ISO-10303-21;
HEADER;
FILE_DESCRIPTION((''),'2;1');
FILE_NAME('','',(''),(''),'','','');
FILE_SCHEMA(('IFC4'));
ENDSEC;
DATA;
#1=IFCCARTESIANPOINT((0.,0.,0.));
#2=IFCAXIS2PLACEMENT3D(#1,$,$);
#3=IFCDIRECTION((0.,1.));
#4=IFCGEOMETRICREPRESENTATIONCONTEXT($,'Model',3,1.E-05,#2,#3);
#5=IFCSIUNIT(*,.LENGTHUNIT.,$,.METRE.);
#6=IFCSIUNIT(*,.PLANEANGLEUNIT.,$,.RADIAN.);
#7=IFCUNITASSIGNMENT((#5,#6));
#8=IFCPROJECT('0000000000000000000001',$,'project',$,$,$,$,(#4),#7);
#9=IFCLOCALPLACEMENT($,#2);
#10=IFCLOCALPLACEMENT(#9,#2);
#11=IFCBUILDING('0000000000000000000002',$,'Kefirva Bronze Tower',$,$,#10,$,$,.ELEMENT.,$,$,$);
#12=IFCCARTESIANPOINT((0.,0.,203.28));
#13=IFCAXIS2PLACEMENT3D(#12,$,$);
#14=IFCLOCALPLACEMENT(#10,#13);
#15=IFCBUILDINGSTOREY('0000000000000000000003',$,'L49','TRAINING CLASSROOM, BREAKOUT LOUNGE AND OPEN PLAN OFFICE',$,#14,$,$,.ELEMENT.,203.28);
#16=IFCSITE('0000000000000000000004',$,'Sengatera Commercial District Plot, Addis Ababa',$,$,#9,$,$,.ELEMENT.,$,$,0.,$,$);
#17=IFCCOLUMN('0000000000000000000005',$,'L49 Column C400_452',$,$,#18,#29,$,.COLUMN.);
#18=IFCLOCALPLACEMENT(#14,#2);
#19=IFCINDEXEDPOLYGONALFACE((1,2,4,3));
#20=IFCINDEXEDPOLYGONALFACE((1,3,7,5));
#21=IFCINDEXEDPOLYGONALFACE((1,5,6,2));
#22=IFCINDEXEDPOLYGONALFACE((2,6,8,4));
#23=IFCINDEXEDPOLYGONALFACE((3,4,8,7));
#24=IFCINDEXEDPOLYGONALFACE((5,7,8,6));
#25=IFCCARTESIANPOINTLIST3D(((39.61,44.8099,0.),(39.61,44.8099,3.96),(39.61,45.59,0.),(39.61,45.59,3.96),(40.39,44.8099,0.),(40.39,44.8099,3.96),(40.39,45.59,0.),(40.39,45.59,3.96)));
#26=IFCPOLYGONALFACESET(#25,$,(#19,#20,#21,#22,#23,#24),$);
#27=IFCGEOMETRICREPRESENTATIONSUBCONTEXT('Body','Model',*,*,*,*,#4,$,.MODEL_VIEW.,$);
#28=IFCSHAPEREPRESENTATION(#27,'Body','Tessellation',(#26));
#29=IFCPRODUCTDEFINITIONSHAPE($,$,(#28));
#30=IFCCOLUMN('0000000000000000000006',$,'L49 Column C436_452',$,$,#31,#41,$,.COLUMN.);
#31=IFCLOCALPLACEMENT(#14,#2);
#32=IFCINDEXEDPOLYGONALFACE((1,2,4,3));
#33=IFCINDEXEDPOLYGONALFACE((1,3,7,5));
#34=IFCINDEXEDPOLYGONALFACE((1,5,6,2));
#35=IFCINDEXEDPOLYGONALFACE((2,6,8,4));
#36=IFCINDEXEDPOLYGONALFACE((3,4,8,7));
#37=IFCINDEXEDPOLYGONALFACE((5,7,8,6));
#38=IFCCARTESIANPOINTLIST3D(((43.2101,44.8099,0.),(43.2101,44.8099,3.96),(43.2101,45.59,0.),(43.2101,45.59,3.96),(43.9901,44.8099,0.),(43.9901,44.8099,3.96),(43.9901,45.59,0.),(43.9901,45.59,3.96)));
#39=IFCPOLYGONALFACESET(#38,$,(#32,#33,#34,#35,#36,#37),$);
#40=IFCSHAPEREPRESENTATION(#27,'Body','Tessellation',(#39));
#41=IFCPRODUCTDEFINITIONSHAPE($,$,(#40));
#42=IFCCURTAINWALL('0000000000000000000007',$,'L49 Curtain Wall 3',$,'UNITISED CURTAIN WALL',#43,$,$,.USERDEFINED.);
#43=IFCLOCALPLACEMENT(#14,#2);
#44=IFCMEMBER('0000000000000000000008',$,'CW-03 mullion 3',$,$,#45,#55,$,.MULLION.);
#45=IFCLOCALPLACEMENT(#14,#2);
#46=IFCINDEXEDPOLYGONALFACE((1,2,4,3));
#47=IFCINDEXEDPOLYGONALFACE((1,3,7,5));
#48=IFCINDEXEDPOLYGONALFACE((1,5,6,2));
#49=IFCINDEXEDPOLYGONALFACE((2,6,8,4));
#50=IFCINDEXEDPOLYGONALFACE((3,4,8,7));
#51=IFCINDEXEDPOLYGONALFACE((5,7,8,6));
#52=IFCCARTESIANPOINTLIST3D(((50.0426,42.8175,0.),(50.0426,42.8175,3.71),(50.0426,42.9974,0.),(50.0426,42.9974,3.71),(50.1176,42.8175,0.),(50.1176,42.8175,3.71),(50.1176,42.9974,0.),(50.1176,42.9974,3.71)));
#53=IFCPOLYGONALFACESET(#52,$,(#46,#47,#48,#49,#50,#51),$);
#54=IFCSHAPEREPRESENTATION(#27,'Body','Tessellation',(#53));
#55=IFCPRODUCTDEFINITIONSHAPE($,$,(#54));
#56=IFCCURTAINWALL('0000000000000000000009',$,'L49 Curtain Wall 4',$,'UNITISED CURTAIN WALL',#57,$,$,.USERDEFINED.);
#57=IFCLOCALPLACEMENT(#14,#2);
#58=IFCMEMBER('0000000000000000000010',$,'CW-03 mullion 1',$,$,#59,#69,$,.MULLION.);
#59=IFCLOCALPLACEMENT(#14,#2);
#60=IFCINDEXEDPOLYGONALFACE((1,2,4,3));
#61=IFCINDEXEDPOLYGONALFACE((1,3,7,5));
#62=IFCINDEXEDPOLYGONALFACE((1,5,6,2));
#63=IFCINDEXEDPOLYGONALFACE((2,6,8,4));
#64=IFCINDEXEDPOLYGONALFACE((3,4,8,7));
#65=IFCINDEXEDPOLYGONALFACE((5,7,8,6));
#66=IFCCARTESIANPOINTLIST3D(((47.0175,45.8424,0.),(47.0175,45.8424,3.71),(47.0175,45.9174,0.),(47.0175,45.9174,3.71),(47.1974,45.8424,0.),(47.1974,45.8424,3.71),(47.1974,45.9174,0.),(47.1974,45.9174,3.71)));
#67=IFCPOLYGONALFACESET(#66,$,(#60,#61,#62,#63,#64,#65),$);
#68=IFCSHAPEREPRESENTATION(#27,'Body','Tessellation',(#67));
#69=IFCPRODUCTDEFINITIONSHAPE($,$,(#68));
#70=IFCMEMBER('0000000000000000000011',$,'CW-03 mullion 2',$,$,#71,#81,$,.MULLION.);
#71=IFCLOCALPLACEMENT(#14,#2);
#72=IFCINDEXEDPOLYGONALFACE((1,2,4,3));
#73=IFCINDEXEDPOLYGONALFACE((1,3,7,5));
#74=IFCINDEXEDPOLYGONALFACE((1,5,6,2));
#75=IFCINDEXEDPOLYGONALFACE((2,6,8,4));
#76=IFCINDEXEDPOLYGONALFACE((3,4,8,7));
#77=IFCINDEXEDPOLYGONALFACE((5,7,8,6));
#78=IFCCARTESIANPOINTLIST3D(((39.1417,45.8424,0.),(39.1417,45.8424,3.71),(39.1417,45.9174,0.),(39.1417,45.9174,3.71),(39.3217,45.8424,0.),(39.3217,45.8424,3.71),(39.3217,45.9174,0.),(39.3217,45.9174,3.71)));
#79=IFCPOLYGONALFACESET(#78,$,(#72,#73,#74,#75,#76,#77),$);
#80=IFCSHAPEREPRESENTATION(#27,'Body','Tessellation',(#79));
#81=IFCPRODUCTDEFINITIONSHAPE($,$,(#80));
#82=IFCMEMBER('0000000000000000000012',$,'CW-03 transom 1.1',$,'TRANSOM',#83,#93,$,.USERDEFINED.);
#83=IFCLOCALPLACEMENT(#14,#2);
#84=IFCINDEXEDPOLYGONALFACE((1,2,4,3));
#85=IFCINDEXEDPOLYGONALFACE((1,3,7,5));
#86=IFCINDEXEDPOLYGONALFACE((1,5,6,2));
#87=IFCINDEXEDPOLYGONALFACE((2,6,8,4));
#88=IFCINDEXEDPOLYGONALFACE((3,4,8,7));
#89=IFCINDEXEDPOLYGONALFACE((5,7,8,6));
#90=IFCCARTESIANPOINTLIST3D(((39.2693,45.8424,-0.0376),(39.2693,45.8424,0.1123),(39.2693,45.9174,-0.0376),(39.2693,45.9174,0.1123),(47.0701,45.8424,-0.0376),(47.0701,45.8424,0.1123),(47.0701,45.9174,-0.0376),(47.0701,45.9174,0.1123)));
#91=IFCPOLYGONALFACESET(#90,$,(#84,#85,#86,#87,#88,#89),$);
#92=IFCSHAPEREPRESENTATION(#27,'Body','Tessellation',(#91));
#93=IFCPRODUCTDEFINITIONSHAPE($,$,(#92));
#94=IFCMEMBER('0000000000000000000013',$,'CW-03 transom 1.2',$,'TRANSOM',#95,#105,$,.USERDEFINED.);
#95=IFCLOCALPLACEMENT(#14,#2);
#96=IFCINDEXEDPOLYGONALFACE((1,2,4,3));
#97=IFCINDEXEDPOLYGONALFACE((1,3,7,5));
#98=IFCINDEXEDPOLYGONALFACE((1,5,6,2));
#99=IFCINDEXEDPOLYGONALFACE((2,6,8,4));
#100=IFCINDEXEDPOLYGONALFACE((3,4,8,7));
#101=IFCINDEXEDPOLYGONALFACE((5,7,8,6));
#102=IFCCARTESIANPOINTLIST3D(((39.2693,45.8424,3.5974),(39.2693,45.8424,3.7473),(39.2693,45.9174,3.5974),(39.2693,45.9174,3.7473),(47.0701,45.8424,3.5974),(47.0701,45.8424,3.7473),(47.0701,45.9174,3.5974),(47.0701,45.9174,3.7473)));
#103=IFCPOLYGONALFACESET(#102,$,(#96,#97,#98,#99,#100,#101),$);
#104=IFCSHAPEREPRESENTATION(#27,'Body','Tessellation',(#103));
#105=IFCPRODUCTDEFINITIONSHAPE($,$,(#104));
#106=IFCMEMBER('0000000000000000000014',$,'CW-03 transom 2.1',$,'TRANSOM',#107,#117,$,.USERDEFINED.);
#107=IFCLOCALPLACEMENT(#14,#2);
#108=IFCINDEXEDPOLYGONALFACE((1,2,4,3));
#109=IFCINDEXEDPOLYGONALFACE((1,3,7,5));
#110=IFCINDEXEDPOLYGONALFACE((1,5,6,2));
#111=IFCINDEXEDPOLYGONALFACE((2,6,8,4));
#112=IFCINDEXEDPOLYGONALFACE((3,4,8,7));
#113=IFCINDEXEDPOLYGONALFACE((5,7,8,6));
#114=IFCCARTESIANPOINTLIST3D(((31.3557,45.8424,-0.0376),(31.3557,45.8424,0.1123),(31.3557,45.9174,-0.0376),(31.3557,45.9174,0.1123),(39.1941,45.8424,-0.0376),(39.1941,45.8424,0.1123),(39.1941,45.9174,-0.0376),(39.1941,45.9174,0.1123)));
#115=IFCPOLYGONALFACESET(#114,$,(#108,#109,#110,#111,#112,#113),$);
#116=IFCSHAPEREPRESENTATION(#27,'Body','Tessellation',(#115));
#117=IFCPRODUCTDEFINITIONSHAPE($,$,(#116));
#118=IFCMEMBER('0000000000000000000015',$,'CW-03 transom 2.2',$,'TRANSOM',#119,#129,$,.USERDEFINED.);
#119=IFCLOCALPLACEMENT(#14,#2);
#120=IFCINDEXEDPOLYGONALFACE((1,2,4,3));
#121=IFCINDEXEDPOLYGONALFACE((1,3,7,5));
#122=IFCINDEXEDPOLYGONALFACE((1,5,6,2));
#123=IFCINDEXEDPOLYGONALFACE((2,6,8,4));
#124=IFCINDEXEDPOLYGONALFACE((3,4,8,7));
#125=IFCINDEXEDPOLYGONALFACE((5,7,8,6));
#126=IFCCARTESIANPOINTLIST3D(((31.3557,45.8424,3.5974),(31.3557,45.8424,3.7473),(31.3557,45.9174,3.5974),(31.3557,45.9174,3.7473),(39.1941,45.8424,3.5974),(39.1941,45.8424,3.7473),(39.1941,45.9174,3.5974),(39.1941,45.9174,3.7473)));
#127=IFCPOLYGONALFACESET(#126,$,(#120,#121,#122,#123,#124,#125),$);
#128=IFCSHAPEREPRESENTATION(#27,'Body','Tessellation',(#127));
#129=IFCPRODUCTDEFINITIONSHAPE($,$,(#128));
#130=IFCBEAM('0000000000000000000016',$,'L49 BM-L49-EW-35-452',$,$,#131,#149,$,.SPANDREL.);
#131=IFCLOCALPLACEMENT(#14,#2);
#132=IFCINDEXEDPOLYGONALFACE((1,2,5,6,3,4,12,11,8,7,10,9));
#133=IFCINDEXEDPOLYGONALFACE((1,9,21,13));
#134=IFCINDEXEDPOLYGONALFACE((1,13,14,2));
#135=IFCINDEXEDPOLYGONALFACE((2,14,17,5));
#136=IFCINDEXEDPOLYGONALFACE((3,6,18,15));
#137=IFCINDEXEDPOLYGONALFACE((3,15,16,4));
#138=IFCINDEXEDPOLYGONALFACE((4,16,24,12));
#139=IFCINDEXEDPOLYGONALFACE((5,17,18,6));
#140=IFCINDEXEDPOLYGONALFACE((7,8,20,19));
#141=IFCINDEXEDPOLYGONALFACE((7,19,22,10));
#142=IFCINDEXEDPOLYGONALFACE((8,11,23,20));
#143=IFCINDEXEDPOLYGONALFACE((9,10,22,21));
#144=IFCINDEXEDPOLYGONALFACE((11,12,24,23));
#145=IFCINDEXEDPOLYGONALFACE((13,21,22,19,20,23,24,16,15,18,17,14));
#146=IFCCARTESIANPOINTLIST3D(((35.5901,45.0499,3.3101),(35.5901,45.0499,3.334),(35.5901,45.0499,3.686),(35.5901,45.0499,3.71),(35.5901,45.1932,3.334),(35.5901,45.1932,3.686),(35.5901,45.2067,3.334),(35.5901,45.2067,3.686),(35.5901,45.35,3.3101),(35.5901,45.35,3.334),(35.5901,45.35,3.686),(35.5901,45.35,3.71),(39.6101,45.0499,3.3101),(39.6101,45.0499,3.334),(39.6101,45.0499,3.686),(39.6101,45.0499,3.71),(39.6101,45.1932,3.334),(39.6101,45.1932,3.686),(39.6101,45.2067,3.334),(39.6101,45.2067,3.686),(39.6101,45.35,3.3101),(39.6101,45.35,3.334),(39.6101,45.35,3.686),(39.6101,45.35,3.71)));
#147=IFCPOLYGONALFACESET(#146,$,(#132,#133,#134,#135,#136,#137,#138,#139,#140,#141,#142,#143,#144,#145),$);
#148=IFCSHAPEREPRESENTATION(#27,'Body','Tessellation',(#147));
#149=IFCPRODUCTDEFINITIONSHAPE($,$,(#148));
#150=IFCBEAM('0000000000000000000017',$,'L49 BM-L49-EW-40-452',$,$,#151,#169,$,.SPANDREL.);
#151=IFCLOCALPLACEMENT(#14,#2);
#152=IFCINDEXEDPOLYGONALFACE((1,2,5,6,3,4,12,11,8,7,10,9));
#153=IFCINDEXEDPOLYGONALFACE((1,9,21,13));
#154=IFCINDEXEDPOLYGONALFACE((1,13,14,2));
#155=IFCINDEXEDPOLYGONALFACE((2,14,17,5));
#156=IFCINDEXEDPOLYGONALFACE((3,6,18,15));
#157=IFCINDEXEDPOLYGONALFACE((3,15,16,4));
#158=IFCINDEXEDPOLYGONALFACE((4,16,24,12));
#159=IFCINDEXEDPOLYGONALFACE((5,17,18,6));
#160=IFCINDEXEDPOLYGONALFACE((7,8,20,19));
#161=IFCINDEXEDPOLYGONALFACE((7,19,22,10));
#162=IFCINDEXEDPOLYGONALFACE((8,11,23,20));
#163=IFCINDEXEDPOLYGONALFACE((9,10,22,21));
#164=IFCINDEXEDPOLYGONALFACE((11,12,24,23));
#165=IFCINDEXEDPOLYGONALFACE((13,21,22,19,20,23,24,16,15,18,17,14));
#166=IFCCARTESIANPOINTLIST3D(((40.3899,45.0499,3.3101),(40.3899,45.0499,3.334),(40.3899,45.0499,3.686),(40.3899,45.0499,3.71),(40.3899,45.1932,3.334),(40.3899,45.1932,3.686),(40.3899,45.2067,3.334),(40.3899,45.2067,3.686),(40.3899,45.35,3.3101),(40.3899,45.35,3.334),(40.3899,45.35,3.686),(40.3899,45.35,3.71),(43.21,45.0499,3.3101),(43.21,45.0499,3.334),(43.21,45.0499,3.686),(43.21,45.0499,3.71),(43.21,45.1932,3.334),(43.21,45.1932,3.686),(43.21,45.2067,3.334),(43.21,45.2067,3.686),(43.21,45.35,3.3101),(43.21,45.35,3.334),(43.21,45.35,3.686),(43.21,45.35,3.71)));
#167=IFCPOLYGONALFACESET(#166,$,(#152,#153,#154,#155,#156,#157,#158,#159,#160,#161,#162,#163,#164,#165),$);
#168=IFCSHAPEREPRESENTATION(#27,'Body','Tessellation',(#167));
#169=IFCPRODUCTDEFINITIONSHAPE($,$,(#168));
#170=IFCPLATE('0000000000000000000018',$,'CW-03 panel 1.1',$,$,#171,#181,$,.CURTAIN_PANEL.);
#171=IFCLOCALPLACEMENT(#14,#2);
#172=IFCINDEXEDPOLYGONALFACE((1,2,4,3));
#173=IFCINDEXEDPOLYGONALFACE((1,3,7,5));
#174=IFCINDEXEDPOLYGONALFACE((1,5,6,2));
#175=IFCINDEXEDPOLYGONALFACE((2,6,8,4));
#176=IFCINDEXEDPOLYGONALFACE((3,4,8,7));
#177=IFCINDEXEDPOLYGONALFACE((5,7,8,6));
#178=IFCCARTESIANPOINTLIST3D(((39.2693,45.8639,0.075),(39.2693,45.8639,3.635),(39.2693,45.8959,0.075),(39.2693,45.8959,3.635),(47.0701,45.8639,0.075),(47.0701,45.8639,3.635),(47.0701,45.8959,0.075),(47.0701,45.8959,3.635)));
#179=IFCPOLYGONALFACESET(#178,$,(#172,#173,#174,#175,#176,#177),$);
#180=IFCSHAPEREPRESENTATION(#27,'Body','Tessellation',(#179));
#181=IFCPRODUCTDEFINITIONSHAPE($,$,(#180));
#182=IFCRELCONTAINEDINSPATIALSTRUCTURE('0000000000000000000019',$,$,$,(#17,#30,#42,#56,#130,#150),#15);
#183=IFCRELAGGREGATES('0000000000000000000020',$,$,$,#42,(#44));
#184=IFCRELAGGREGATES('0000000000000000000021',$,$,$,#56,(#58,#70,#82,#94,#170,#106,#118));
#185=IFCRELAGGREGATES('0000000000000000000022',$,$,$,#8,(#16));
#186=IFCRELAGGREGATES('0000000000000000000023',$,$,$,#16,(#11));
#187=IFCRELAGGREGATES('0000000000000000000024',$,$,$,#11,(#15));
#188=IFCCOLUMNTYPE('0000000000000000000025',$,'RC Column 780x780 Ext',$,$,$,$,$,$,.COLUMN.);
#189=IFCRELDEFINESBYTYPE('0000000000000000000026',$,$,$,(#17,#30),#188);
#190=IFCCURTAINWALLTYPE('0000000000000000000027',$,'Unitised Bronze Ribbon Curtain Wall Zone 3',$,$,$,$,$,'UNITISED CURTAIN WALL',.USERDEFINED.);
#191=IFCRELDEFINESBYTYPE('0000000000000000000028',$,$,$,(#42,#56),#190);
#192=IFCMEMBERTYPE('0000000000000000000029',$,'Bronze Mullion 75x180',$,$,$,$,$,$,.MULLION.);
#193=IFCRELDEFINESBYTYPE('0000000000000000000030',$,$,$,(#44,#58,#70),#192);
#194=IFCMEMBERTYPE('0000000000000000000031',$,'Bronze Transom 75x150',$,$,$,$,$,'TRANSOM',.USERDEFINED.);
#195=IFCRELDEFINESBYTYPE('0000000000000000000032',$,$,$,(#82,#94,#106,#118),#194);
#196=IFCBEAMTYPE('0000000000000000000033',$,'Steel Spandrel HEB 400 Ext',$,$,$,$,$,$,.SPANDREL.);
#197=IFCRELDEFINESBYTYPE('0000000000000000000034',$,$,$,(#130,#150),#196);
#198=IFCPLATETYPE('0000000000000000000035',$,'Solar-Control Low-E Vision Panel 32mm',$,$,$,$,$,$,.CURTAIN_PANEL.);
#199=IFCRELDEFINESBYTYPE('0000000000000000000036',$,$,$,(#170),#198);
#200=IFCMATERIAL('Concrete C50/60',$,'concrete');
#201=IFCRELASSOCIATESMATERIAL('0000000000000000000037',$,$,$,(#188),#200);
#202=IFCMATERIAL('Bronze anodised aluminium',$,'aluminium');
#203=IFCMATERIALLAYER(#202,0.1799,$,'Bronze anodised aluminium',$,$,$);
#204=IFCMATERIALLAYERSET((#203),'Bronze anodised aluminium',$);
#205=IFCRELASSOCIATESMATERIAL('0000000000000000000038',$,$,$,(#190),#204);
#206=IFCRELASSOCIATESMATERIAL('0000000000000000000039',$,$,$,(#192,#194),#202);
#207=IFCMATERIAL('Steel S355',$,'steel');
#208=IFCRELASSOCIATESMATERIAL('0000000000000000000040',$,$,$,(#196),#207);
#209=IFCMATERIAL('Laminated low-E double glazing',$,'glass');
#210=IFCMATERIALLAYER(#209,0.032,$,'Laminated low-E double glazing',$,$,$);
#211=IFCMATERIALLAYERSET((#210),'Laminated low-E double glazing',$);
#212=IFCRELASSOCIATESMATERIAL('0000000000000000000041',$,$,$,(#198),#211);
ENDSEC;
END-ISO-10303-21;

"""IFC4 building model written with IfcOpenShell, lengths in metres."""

from ifc_helpers import new_model, si_unit, direction, frame, origin, origin_2d, place, context, subcontext, project, spatial, rectangle, i_section, extrude, material, layer, layer_set, material_profile, profile_set, type_object, element, aggregate, save


model = new_model("IFC4")

# Units and contexts
model_context = context("Model", 3, precision=1e-05, world=origin(), true_north=direction((0.0, 1.0)))
body_context = subcontext(model_context, "Body", "Model", "MODEL_VIEW")
ifc_project = project(units=[si_unit("LENGTHUNIT", "METRE"), si_unit("PLANEANGLEUNIT", "RADIAN")], contexts=[model_context])

# Site, building, storey
site_placement = place(None, origin())
site = spatial("IfcSite", under=ifc_project, at=site_placement, Name="Sengatera Commercial District Plot, Addis Ababa", CompositionType="ELEMENT", RefElevation=0.0)
building_placement = place(site_placement, origin())
building = spatial("IfcBuilding", under=site, at=building_placement, Name="Kefirva Bronze Tower", CompositionType="ELEMENT")
storey_placement = place(building_placement, frame((0.0, 0.0, 203.28)))
storey = spatial("IfcBuildingStorey", under=building, at=storey_placement, Name="L49", Description="TRAINING CLASSROOM, BREAKOUT LOUNGE AND OPEN PLAN OFFICE", CompositionType="ELEMENT", Elevation=203.28)

# Columns
ifc_material_1 = material(Name="Concrete C50/60", Category="concrete")
ifc_material_profile_1 = material_profile(ifc_material_1, rectangle(XDim=0.78, YDim=0.78, at=origin_2d()), Name="RC 780x780")
ifc_profile_set_1 = profile_set([ifc_material_profile_1], Name="Concrete C50/60")
column_type = type_object("IfcColumnType", Name="RC Column 780x780 Ext", PredefinedType="COLUMN", material=ifc_profile_set_1)
for number, where, z_axis, x_axis, name in (
    (1, (40.0, 45.2, 0.0), (0.0, 0.0, 1.0), (1.0, 0.0, 0.0), "L49 Column C400_452"),
    (2, (43.6001, 45.2, 0.0), (0.0, 0.0, 1.0), (1.0, 0.0, 0.0), "L49 Column C436_452"),
):
    element("IfcColumn", number, at=place(storey_placement, frame(where, z_axis=z_axis, x_axis=x_axis)), inside=storey, type_object=column_type, Name=name, PredefinedType="COLUMN", context=body_context, shape_type="SweptSolid", body=[
        extrude(rectangle(XDim=0.78, YDim=0.78, at=origin_2d()), origin(), (0.0, 0.0, 1.0), 3.96),
    ])

# Curtain wall, member
ifc_material_2 = material(Name="Bronze anodised aluminium", Category="aluminium")
ifc_layer_1 = layer(ifc_material_2, 0.1799, Name="Bronze anodised aluminium")
ifc_layer_set_1 = layer_set([ifc_layer_1], Name="Bronze anodised aluminium")
curtain_wall_type = type_object("IfcCurtainWallType", Name="Unitised Bronze Ribbon Curtain Wall Zone 3", ElementType="UNITISED CURTAIN WALL", PredefinedType="USERDEFINED", material=ifc_layer_set_1)
curtain_wall_1_placement = place(storey_placement, origin())
curtain_wall_1 = element("IfcCurtainWall", 3, at=curtain_wall_1_placement, inside=storey, type_object=curtain_wall_type, Name="L49 Curtain Wall 3", ObjectType="UNITISED CURTAIN WALL", PredefinedType="USERDEFINED")
ifc_material_profile_2 = material_profile(ifc_material_2, rectangle(XDim=0.075, YDim=0.1799, at=origin_2d()), Name="ALU 75x180")
ifc_profile_set_2 = profile_set([ifc_material_profile_2], Name="Bronze anodised aluminium")
member_type_1 = type_object("IfcMemberType", Name="Bronze Mullion 75x180", PredefinedType="MULLION", material=ifc_profile_set_2)
member_1_placement = place(storey_placement, frame((50.0801, 42.9075, 0.0), z_axis=(0.0, 0.0, 1.0), x_axis=(-1.0, 0.0, 0.0)))
member_1 = element("IfcMember", 4, at=member_1_placement, type_object=member_type_1, Name="CW-03 mullion 3", PredefinedType="MULLION", context=body_context, shape_type="SweptSolid", body=[
    extrude(rectangle(XDim=0.075, YDim=0.1799, at=origin_2d()), origin(), (0.0, 0.0, 1.0), 3.71),
])
aggregate(curtain_wall_1, [member_1])

# Curtain wall, members
curtain_wall_2_placement = place(storey_placement, origin())
curtain_wall_2 = element("IfcCurtainWall", 5, at=curtain_wall_2_placement, inside=storey, type_object=curtain_wall_type, Name="L49 Curtain Wall 4", ObjectType="UNITISED CURTAIN WALL", PredefinedType="USERDEFINED")
member_2_placement = place(storey_placement, frame((47.1074, 45.8799, 0.0), z_axis=(0.0, 0.0, 1.0), x_axis=(0.0, -1.0, 0.0)))
member_2 = element("IfcMember", 6, at=member_2_placement, type_object=member_type_1, Name="CW-03 mullion 1", PredefinedType="MULLION", context=body_context, shape_type="SweptSolid", body=[
    extrude(rectangle(XDim=0.075, YDim=0.1799, at=origin_2d()), origin(), (0.0, 0.0, 1.0), 3.71),
])
member_3_placement = place(storey_placement, frame((39.2317, 45.8799, 0.0), z_axis=(0.0, 0.0, 1.0), x_axis=(0.0, -1.0, 0.0)))
member_3 = element("IfcMember", 7, at=member_3_placement, type_object=member_type_1, Name="CW-03 mullion 2", PredefinedType="MULLION", context=body_context, shape_type="SweptSolid", body=[
    extrude(rectangle(XDim=0.075, YDim=0.1799, at=origin_2d()), origin(), (0.0, 0.0, 1.0), 3.71),
])
ifc_material_profile_3 = material_profile(ifc_material_2, rectangle(XDim=0.075, YDim=0.1499, at=origin_2d()), Name="ALU 75x150")
ifc_profile_set_3 = profile_set([ifc_material_profile_3], Name="Bronze anodised aluminium")
member_type_2 = type_object("IfcMemberType", Name="Bronze Transom 75x150", ElementType="TRANSOM", PredefinedType="USERDEFINED", material=ifc_profile_set_3)
member_4_placement = place(storey_placement, frame((47.0701, 45.8799, 0.0374), z_axis=(-1.0, 0.0, 0.0), x_axis=(0.0, -1.0, 0.0)))
member_4 = element("IfcMember", 8, at=member_4_placement, type_object=member_type_2, Name="CW-03 transom 1.1", ObjectType="TRANSOM", PredefinedType="USERDEFINED", context=body_context, shape_type="SweptSolid", body=[
    extrude(rectangle(XDim=0.075, YDim=0.1499, at=origin_2d()), origin(), (0.0, 0.0, 1.0), 7.8008),
])
member_5_placement = place(storey_placement, frame((47.0701, 45.8799, 3.6724), z_axis=(-1.0, 0.0, 0.0), x_axis=(0.0, -1.0, 0.0)))
member_5 = element("IfcMember", 9, at=member_5_placement, type_object=member_type_2, Name="CW-03 transom 1.2", ObjectType="TRANSOM", PredefinedType="USERDEFINED", context=body_context, shape_type="SweptSolid", body=[
    extrude(rectangle(XDim=0.075, YDim=0.1499, at=origin_2d()), origin(), (0.0, 0.0, 1.0), 7.8008),
])
member_6_placement = place(storey_placement, frame((39.1941, 45.8799, 0.0374), z_axis=(-1.0, 0.0, 0.0), x_axis=(0.0, -1.0, 0.0)))
member_6 = element("IfcMember", 10, at=member_6_placement, type_object=member_type_2, Name="CW-03 transom 2.1", ObjectType="TRANSOM", PredefinedType="USERDEFINED", context=body_context, shape_type="SweptSolid", body=[
    extrude(rectangle(XDim=0.075, YDim=0.1499, at=origin_2d()), origin(), (0.0, 0.0, 1.0), 7.8384),
])
member_7_placement = place(storey_placement, frame((39.1941, 45.8799, 3.6724), z_axis=(-1.0, 0.0, 0.0), x_axis=(0.0, -1.0, 0.0)))
member_7 = element("IfcMember", 11, at=member_7_placement, type_object=member_type_2, Name="CW-03 transom 2.2", ObjectType="TRANSOM", PredefinedType="USERDEFINED", context=body_context, shape_type="SweptSolid", body=[
    extrude(rectangle(XDim=0.075, YDim=0.1499, at=origin_2d()), origin(), (0.0, 0.0, 1.0), 7.8384),
])

# Beams
ifc_material_3 = material(Name="Steel S355", Category="steel")
ifc_material_profile_4 = material_profile(ifc_material_3, i_section(OverallWidth=0.3, OverallDepth=0.3999, WebThickness=0.0134, FlangeThickness=0.0239, at=origin_2d()), Name="HEB 400")
ifc_profile_set_4 = profile_set([ifc_material_profile_4], Name="Steel S355")
beam_type = type_object("IfcBeamType", Name="Steel Spandrel HEB 400 Ext", PredefinedType="SPANDREL", material=ifc_profile_set_4)
beam_1_placement = place(storey_placement, frame((35.5901, 45.2, 3.51), z_axis=(1.0, 0.0, 0.0), x_axis=(0.0, 1.0, 0.0)))
element("IfcBeam", 12, at=beam_1_placement, inside=storey, type_object=beam_type, Name="L49 BM-L49-EW-35-452", PredefinedType="SPANDREL", context=body_context, shape_type="SweptSolid", body=[
    extrude(i_section(OverallWidth=0.3, OverallDepth=0.3999, WebThickness=0.0134, FlangeThickness=0.0239, at=origin_2d()), origin(), (0.0, 0.0, 1.0), 4.02),
])
beam_2_placement = place(storey_placement, frame((40.3899, 45.2, 3.51), z_axis=(1.0, 0.0, 0.0), x_axis=(0.0, 1.0, 0.0)))
element("IfcBeam", 13, at=beam_2_placement, inside=storey, type_object=beam_type, Name="L49 BM-L49-EW-40-452", PredefinedType="SPANDREL", context=body_context, shape_type="SweptSolid", body=[
    extrude(i_section(OverallWidth=0.3, OverallDepth=0.3999, WebThickness=0.0134, FlangeThickness=0.0239, at=origin_2d()), origin(), (0.0, 0.0, 1.0), 2.8201),
])

# Plate
ifc_material_4 = material(Name="Laminated low-E double glazing", Category="glass")
ifc_layer_2 = layer(ifc_material_4, 0.032, Name="Laminated low-E double glazing")
ifc_layer_set_2 = layer_set([ifc_layer_2], Name="Laminated low-E double glazing")
plate_type = type_object("IfcPlateType", Name="Solar-Control Low-E Vision Panel 32mm", PredefinedType="CURTAIN_PANEL", material=ifc_layer_set_2)
plate_placement = place(storey_placement, frame((43.1697, 45.8799, 0.075), z_axis=(0.0, 0.0, 1.0), x_axis=(-1.0, 0.0, 0.0)))
plate = element("IfcPlate", 14, at=plate_placement, type_object=plate_type, Name="CW-03 panel 1.1", PredefinedType="CURTAIN_PANEL", context=body_context, shape_type="SweptSolid", body=[
    extrude(rectangle(XDim=7.8008, YDim=0.032, at=origin_2d()), origin(), (0.0, 0.0, 1.0), 3.5601),
])
aggregate(curtain_wall_2, [member_2, member_3, member_4, member_5, plate, member_6, member_7])

save(model, "model.ifc")
